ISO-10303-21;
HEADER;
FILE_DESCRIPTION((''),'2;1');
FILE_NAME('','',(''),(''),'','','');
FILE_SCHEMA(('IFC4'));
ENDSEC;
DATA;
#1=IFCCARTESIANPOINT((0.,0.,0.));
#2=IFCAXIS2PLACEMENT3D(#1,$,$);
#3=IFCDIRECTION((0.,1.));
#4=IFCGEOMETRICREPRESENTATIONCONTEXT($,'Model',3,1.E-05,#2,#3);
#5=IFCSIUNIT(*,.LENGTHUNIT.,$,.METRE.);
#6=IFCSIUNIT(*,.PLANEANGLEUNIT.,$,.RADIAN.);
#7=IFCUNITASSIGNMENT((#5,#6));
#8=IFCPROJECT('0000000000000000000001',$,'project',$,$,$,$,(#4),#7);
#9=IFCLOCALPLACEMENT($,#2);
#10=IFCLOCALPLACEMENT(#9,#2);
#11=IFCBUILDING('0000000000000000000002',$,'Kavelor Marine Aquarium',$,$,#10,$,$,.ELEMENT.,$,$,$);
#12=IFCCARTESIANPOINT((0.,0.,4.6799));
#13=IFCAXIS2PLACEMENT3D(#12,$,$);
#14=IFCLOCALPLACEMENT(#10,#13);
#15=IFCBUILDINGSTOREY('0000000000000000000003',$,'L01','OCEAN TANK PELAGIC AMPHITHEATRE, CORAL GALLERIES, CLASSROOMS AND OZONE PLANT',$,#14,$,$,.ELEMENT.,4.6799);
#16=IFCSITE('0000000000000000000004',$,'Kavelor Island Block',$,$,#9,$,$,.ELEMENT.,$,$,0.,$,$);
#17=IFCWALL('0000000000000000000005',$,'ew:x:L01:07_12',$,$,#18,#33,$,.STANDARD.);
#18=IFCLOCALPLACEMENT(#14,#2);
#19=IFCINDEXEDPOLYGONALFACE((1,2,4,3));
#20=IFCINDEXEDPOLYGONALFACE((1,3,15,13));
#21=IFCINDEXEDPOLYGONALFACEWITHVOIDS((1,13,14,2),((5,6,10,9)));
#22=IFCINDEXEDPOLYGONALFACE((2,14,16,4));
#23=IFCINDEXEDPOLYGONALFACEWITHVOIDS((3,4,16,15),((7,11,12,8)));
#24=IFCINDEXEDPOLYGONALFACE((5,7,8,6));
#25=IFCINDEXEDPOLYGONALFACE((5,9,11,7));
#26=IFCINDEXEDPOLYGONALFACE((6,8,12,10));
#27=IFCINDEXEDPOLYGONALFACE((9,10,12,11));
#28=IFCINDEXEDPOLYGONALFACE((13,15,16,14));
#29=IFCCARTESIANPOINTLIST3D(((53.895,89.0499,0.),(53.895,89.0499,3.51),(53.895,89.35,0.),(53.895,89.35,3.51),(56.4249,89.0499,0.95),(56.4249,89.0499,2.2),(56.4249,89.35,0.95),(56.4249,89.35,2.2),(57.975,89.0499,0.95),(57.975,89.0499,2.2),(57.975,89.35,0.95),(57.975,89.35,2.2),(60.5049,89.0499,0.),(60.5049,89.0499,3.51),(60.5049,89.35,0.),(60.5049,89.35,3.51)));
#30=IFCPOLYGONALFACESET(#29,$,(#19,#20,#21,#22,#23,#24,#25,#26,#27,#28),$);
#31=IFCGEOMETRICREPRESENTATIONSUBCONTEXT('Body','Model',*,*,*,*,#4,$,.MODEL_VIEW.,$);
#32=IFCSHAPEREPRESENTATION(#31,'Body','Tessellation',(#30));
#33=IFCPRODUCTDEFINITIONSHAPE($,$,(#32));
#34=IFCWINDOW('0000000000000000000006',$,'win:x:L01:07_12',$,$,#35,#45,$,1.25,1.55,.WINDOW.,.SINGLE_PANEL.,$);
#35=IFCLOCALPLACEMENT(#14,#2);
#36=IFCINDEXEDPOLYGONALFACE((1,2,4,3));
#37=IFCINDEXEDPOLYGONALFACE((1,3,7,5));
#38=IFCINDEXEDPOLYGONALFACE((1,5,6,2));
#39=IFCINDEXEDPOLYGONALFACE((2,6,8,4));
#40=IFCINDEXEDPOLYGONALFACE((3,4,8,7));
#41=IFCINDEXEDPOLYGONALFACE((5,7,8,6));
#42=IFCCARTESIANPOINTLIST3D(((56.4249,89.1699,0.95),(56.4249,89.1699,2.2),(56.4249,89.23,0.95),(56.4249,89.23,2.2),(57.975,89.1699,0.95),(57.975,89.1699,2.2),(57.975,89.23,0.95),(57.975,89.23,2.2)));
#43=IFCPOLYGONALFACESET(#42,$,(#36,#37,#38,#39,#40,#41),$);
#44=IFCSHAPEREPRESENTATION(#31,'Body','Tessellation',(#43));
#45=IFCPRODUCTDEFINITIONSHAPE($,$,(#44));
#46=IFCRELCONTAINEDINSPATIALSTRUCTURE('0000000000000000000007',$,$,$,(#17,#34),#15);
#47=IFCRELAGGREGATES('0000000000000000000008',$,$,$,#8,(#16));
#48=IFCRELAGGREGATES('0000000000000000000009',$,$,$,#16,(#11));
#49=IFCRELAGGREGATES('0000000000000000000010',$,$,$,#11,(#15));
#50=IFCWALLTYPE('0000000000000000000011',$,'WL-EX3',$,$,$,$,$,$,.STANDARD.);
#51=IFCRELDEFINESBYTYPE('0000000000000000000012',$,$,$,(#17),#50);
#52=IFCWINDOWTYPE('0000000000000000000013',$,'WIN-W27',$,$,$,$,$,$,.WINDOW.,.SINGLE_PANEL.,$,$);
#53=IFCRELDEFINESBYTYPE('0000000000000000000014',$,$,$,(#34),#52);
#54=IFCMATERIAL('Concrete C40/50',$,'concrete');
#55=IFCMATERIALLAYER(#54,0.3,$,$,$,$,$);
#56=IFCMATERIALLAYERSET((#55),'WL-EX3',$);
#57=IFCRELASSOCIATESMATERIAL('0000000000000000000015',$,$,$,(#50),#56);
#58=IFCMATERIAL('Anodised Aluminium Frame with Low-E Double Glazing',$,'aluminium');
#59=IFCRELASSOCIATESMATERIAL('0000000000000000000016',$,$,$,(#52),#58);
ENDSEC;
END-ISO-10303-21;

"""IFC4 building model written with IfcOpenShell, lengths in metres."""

from ifc_helpers import new_model, si_unit, direction, frame, frame_2d, origin, place, context, subcontext, project, spatial, rectangle, extrude, material, layer, layer_set, type_object, element, fill, save


model = new_model("IFC4")

# Units and contexts
model_context = context("Model", 3, precision=1e-05, world=origin(), true_north=direction((0.0, 1.0)))
body_context = subcontext(model_context, "Body", "Model", "MODEL_VIEW")
ifc_project = project(units=[si_unit("LENGTHUNIT", "METRE"), si_unit("PLANEANGLEUNIT", "RADIAN")], contexts=[model_context])

# Site, building, storey
site_placement = place(None, origin())
site = spatial("IfcSite", under=ifc_project, at=site_placement, Name="Kavelor Island Block", CompositionType="ELEMENT", RefElevation=0.0)
building_placement = place(site_placement, origin())
building = spatial("IfcBuilding", under=site, at=building_placement, Name="Kavelor Marine Aquarium", CompositionType="ELEMENT")
storey_placement = place(building_placement, frame((0.0, 0.0, 4.6799)))
storey = spatial("IfcBuildingStorey", under=building, at=storey_placement, Name="L01", Description="OCEAN TANK PELAGIC AMPHITHEATRE, CORAL GALLERIES, CLASSROOMS AND OZONE PLANT", CompositionType="ELEMENT", Elevation=4.6799)

# Wall, opening, window
ifc_material_1 = material(Name="Concrete C40/50", Category="concrete")
ifc_layer_1 = layer(ifc_material_1, 0.3)
ifc_layer_set_1 = layer_set([ifc_layer_1], Name="WL-EX3")
wall_type = type_object("IfcWallType", Name="WL-EX3", PredefinedType="STANDARD", material=ifc_layer_set_1)
wall_placement = place(storey_placement, frame((60.5049, 89.2, 0.0), z_axis=(0.0, 0.0, 1.0), x_axis=(-1.0, 0.0, 0.0)))
wall = element("IfcWall", 1, at=wall_placement, inside=storey, type_object=wall_type, Name="ew:x:L01:07_12", PredefinedType="STANDARD", context=body_context, shape_type="SweptSolid", body=[
    extrude(rectangle(XDim=6.6099, YDim=0.3, at=frame_2d((3.3049, 0.0))), origin(), (0.0, 0.0, 1.0), 3.51),
])
opening_placement = place(wall_placement, frame((2.53, 0.0, 0.95)))
opening = element("IfcOpeningElement", 2, at=opening_placement, cuts=wall, PredefinedType="OPENING", context=body_context, shape_type="SweptSolid", body=[
    extrude(rectangle(XDim=1.55, YDim=1.25, at=frame_2d((0.7749, 0.625))), frame((0.0, 0.1599, 0.0), z_axis=(0.0, -1.0, 0.0), x_axis=(1.0, 0.0, 0.0)), (0.0, 0.0, 1.0), 0.32),
])
ifc_material_2 = material(Name="Anodised Aluminium Frame with Low-E Double Glazing", Category="aluminium")
window_type = type_object("IfcWindowType", Name="WIN-W27", PartitioningType="SINGLE_PANEL", PredefinedType="WINDOW", material=ifc_material_2)
window_placement = place(opening_placement, origin())
window = element("IfcWindow", 3, at=window_placement, inside=storey, type_object=window_type, Name="win:x:L01:07_12", OverallHeight=1.25, OverallWidth=1.55, PartitioningType="SINGLE_PANEL", PredefinedType="WINDOW", context=body_context, shape_type="SweptSolid", body=[
    extrude(rectangle(XDim=1.55, YDim=1.25, at=frame_2d((0.7749, 0.625))), frame((0.0, 0.03, 0.0), z_axis=(0.0, -1.0, 0.0), x_axis=(1.0, 0.0, 0.0)), (0.0, 0.0, 1.0), 0.0601),
])
fill(opening, window)

save(model, "model.ifc")
